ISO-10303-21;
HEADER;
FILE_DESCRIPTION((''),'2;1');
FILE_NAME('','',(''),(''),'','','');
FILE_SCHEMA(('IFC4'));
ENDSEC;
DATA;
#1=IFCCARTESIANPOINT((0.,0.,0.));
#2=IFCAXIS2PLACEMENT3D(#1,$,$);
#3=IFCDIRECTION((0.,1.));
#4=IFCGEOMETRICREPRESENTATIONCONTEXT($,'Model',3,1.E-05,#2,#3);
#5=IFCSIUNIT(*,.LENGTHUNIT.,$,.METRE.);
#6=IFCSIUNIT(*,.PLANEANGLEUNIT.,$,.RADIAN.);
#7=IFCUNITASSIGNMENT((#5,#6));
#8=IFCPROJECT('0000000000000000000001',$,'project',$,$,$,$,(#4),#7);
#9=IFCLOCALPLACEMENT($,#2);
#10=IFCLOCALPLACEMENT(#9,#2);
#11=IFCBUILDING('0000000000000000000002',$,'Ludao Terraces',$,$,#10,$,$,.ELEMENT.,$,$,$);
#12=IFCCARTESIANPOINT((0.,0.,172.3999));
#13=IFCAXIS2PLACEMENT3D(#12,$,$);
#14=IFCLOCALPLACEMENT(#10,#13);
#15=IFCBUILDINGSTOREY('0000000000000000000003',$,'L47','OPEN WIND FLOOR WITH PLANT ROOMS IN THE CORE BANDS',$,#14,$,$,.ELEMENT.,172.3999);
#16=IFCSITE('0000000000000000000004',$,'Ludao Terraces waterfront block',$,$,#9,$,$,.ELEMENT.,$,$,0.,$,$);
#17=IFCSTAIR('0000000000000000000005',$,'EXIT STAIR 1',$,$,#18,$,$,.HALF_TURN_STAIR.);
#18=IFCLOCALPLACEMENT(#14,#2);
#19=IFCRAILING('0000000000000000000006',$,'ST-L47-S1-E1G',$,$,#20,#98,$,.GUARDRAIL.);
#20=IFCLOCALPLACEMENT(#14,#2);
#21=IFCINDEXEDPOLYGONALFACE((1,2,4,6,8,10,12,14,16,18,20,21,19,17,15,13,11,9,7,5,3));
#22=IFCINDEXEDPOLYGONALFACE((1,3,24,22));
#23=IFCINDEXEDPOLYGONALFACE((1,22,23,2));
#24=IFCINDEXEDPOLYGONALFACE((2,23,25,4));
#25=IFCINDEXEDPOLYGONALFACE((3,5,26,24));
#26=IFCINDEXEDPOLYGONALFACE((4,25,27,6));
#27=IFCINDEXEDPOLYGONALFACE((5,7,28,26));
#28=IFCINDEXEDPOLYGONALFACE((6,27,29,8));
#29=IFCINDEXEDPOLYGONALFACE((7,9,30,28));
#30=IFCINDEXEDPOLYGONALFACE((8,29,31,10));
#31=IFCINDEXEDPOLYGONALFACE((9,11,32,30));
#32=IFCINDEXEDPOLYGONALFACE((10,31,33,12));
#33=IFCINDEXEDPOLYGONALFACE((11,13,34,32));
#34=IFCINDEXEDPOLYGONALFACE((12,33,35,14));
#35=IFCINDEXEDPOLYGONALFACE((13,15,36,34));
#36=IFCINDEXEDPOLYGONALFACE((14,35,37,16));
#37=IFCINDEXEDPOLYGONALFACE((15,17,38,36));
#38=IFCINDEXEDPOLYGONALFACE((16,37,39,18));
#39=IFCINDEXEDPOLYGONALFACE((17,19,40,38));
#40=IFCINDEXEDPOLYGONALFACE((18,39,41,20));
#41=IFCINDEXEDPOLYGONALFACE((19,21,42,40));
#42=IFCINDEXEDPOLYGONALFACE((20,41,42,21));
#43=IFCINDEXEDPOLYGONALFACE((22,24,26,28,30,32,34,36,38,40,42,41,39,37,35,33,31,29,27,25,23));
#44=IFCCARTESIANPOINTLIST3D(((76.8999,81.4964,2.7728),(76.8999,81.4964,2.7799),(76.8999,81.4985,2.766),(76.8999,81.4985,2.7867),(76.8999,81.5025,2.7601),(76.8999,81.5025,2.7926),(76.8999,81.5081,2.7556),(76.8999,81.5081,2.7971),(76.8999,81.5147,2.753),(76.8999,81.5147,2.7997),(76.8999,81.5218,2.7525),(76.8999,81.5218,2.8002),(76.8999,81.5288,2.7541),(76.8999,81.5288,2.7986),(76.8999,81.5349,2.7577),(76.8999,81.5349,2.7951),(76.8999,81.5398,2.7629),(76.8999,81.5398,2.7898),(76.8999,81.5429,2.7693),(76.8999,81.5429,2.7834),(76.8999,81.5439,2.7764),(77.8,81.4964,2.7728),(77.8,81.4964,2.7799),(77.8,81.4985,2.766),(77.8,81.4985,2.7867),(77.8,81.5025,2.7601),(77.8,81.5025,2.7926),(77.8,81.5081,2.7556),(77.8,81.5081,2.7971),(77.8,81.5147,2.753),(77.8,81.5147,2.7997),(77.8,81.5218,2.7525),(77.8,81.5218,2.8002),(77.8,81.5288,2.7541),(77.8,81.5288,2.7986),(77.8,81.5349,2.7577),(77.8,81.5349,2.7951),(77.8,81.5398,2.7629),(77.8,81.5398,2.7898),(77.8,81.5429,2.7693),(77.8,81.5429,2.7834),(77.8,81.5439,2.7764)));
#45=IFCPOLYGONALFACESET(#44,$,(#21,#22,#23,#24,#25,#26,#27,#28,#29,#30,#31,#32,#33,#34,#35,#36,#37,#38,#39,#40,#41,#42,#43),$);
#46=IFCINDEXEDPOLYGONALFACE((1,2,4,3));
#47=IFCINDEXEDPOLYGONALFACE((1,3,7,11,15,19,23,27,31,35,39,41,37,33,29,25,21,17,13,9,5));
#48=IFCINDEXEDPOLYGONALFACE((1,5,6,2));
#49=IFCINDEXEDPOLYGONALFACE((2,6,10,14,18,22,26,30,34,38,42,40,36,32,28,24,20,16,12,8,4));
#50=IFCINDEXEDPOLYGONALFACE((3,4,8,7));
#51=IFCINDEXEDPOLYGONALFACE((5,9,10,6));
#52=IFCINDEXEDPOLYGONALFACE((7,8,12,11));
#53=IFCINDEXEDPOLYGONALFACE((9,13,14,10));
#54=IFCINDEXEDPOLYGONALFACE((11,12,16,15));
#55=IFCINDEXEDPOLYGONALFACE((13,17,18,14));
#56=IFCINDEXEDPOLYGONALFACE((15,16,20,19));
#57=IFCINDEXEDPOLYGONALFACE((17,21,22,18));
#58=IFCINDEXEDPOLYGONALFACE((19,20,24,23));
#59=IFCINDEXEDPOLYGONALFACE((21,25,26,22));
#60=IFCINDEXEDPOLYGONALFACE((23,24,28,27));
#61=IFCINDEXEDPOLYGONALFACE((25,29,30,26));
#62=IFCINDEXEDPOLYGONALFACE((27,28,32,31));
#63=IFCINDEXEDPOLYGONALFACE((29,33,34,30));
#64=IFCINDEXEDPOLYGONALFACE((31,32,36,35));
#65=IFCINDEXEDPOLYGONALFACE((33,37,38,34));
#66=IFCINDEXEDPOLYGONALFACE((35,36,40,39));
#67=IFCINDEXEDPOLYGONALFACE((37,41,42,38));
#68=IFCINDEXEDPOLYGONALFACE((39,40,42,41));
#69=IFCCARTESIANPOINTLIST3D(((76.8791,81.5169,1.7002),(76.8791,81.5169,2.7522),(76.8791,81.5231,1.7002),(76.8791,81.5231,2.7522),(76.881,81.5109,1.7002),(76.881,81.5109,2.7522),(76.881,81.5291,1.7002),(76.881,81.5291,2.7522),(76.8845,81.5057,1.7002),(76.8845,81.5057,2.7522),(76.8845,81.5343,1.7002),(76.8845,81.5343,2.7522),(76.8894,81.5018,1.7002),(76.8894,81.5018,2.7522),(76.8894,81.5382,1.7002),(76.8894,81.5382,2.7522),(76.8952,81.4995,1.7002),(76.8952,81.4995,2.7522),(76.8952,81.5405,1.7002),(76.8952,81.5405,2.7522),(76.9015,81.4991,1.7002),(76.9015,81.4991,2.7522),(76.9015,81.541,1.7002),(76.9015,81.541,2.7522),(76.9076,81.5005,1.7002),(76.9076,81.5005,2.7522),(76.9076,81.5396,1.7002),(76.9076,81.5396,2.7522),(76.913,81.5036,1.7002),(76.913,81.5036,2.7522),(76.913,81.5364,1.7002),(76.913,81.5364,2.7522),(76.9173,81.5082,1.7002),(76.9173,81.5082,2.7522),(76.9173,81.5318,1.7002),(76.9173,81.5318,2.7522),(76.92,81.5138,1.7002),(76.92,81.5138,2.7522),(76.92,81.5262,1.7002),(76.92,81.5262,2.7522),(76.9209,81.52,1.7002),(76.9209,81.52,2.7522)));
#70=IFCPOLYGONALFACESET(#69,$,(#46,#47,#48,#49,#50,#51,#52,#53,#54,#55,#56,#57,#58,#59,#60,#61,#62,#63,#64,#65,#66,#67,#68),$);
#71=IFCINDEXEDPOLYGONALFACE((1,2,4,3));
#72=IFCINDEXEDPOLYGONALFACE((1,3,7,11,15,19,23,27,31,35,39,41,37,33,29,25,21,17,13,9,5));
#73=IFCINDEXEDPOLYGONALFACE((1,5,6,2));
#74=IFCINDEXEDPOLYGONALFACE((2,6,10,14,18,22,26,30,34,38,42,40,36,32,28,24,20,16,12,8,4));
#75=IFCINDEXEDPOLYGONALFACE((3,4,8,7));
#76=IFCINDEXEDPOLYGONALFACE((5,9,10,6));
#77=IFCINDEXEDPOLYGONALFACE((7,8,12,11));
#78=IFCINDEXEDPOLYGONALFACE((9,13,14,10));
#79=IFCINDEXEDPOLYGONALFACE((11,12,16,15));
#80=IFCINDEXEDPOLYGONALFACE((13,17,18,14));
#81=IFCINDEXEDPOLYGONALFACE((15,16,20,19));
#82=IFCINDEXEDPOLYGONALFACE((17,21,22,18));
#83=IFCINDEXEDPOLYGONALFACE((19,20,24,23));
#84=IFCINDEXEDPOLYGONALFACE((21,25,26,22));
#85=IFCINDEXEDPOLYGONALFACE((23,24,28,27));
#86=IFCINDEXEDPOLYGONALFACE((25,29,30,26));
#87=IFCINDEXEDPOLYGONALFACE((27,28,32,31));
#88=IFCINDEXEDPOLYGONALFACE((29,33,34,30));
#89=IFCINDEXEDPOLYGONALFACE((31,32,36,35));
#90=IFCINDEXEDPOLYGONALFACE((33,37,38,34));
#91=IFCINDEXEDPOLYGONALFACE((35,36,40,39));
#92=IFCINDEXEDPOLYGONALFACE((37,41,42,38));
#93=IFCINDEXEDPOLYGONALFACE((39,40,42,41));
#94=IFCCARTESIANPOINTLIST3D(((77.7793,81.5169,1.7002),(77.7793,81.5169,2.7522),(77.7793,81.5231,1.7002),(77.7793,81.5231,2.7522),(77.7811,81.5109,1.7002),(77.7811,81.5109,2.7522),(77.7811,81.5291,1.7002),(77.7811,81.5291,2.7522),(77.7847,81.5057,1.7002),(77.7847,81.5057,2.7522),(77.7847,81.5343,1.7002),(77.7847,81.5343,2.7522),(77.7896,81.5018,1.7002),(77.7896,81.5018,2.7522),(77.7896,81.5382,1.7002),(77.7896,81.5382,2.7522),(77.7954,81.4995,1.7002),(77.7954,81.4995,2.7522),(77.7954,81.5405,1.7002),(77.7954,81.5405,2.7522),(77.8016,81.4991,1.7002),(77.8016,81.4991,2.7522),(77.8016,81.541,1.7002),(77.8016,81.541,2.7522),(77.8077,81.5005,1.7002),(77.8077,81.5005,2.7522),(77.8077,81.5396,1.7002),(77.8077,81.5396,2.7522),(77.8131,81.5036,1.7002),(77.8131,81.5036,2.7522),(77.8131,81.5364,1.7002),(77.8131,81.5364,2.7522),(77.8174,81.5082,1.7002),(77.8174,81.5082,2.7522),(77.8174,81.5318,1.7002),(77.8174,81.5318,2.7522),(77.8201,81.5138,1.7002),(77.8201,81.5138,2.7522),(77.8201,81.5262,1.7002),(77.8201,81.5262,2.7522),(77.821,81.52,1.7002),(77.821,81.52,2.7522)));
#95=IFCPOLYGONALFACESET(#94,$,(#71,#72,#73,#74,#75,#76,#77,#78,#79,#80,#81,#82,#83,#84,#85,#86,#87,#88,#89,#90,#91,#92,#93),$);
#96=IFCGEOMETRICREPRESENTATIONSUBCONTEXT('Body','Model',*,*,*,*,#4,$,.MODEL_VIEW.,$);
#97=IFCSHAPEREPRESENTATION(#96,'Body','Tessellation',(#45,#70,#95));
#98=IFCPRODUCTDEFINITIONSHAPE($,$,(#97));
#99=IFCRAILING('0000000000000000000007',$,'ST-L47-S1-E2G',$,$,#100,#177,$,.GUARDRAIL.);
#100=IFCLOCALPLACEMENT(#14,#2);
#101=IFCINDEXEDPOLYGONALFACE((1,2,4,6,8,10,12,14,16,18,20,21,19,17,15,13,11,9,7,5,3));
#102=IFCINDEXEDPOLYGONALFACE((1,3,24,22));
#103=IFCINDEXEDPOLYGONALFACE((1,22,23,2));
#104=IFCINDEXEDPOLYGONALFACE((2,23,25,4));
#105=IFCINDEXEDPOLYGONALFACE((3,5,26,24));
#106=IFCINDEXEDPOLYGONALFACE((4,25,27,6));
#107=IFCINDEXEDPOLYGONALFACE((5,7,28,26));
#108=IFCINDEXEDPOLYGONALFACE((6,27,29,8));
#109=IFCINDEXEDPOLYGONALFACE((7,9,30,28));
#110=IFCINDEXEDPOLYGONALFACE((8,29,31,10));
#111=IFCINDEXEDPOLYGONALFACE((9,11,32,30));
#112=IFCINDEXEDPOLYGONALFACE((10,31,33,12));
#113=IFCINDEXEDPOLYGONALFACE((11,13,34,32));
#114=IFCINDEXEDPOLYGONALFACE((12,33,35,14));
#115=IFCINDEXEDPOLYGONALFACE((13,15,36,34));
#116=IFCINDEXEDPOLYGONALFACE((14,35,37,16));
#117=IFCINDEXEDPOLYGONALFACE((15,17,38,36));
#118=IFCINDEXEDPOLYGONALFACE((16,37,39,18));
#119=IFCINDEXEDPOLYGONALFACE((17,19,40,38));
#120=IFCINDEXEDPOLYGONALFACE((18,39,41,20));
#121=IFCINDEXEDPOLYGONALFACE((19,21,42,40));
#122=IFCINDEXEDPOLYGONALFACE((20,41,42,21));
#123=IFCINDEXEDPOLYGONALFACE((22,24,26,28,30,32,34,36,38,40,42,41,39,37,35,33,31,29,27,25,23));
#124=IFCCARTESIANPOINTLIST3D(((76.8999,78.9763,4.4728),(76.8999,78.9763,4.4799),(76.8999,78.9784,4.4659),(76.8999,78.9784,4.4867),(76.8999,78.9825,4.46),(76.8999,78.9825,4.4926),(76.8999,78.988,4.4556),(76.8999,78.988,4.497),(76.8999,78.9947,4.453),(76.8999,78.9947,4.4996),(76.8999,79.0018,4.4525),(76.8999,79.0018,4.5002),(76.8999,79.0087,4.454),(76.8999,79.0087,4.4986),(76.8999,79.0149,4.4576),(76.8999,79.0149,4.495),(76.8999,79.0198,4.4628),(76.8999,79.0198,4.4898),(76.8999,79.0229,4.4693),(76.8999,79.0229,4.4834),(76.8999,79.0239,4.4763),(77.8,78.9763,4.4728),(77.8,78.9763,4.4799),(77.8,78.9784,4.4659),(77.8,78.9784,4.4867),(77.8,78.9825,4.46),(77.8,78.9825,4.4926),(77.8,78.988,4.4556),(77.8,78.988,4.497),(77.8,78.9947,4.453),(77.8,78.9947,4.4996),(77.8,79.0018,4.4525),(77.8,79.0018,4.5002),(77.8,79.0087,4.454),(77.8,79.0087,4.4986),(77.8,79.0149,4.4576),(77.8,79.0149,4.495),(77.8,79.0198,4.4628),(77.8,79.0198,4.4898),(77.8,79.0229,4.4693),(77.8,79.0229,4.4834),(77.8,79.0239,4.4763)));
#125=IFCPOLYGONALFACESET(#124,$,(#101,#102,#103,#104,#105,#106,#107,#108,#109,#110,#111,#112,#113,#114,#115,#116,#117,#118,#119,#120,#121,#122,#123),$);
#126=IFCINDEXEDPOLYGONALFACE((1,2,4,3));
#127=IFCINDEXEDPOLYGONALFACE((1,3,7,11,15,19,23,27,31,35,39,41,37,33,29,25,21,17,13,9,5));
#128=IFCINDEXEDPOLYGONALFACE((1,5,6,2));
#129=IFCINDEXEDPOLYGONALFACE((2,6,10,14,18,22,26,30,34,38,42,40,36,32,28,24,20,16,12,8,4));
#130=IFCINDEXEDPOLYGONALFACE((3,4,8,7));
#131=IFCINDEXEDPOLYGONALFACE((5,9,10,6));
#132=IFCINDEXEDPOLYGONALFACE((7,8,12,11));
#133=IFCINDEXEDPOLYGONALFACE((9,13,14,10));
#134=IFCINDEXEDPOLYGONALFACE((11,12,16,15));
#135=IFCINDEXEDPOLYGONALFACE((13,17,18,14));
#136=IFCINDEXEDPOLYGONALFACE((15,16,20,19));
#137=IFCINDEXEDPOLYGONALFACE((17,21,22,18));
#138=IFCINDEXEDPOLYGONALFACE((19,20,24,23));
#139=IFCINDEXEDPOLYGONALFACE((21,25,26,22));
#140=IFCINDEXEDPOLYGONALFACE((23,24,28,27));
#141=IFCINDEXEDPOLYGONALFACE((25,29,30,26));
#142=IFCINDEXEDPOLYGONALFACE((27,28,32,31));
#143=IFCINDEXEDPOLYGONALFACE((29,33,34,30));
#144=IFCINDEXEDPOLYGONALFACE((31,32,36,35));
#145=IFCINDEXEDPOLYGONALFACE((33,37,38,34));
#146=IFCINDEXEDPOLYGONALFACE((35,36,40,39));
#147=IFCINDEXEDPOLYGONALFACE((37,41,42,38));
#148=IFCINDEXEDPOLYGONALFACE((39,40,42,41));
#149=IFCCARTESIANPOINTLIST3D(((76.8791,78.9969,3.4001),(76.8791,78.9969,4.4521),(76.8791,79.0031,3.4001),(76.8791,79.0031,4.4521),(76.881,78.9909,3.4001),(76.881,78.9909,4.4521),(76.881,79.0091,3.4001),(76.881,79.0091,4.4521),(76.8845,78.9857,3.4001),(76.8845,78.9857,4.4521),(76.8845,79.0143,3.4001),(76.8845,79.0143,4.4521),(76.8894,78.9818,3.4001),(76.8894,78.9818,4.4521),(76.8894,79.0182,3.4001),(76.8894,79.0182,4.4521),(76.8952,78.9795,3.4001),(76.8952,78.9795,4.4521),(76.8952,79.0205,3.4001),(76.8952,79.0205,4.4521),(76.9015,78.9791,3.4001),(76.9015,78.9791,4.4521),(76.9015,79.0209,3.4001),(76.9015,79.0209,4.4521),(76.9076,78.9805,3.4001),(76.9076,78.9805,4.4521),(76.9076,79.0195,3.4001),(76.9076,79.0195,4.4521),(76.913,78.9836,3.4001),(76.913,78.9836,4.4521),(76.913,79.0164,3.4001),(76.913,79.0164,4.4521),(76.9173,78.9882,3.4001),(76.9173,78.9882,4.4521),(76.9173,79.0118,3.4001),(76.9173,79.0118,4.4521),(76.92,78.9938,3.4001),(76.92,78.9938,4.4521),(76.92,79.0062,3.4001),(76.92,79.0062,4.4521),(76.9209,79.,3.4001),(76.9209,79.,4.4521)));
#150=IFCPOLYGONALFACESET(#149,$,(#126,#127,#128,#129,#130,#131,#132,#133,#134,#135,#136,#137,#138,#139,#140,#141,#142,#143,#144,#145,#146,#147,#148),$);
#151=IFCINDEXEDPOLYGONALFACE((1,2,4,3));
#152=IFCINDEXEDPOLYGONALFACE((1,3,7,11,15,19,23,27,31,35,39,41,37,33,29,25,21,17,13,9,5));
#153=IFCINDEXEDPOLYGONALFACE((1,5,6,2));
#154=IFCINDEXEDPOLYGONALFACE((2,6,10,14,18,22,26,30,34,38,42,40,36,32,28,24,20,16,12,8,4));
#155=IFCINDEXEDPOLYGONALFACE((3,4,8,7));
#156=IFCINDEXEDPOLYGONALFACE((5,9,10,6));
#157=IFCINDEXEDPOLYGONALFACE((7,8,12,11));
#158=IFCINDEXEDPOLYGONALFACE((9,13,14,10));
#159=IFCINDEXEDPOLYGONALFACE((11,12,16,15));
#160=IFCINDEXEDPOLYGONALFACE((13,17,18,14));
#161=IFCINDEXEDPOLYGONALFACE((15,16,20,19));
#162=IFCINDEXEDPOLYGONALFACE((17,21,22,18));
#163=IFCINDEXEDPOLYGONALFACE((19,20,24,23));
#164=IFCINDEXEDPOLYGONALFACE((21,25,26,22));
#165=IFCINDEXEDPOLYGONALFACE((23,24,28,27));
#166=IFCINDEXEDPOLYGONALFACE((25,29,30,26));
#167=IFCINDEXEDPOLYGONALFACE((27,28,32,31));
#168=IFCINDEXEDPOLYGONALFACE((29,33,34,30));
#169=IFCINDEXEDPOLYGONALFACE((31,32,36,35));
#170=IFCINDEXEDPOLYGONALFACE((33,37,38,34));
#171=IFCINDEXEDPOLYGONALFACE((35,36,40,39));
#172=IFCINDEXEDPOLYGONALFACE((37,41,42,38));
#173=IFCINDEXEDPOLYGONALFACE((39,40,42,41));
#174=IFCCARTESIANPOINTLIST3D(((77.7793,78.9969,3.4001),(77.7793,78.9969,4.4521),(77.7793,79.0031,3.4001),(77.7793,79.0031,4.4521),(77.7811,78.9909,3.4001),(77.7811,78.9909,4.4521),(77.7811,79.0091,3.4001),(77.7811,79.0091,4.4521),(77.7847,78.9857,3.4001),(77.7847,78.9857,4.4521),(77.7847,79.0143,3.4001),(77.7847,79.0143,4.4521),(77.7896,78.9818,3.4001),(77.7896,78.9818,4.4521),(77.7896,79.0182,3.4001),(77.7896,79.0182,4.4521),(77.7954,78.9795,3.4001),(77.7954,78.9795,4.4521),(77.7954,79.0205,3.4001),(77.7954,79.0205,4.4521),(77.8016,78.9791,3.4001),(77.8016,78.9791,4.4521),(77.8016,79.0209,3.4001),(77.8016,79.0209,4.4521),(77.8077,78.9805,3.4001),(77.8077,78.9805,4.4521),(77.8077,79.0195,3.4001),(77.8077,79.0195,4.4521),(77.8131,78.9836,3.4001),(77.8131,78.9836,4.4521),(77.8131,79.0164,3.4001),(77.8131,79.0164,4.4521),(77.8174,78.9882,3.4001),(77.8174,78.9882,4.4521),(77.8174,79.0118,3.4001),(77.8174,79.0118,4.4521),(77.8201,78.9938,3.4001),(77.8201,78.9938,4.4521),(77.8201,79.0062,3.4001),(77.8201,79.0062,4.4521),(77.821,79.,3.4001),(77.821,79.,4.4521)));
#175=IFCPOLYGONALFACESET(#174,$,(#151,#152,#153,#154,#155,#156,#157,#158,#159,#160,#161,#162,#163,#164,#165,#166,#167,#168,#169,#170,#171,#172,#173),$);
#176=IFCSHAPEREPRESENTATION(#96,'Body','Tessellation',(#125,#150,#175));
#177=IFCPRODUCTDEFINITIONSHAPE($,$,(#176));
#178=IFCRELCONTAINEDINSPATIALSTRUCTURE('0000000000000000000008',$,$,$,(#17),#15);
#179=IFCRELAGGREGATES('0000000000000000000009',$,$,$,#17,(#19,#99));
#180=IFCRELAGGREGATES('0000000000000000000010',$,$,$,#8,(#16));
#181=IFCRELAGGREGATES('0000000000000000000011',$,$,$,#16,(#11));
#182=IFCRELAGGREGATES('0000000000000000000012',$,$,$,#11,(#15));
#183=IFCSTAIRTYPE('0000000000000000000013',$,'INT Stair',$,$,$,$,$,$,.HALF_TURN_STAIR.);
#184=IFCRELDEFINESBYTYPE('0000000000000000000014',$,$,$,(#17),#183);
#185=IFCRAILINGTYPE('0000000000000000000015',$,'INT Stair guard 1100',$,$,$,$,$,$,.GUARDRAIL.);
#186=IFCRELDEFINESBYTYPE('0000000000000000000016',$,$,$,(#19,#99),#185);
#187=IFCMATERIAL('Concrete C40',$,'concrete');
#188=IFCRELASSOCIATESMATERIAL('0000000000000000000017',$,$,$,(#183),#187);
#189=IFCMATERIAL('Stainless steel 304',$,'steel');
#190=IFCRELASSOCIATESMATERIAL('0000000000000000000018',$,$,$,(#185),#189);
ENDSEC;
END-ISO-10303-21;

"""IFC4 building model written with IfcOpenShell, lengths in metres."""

from ifc_helpers import new_model, si_unit, direction, frame, origin, origin_2d, place, context, subcontext, project, spatial, circle, extrude, material, type_object, element, aggregate, save


model = new_model("IFC4")

# Units and contexts
model_context = context("Model", 3, precision=1e-05, world=origin(), true_north=direction((0.0, 1.0)))
body_context = subcontext(model_context, "Body", "Model", "MODEL_VIEW")
ifc_project = project(units=[si_unit("LENGTHUNIT", "METRE"), si_unit("PLANEANGLEUNIT", "RADIAN")], contexts=[model_context])

# Site, building, storey
site_placement = place(None, origin())
site = spatial("IfcSite", under=ifc_project, at=site_placement, Name="Ludao Terraces waterfront block", CompositionType="ELEMENT", RefElevation=0.0)
building_placement = place(site_placement, origin())
building = spatial("IfcBuilding", under=site, at=building_placement, Name="Ludao Terraces", CompositionType="ELEMENT")
storey_placement = place(building_placement, frame((0.0, 0.0, 172.3999)))
storey = spatial("IfcBuildingStorey", under=building, at=storey_placement, Name="L47", Description="OPEN WIND FLOOR WITH PLANT ROOMS IN THE CORE BANDS", CompositionType="ELEMENT", Elevation=172.3999)

# Stair, railings
ifc_material_1 = material(Name="Concrete C40", Category="concrete")
stair_type = type_object("IfcStairType", Name="INT Stair", PredefinedType="HALF_TURN_STAIR", material=ifc_material_1)
stair_placement = place(storey_placement, origin())
stair = element("IfcStair", 1, at=stair_placement, inside=storey, type_object=stair_type, Name="EXIT STAIR 1", PredefinedType="HALF_TURN_STAIR")
ifc_material_2 = material(Name="Stainless steel 304", Category="steel")
railing_type_1 = type_object("IfcRailingType", Name="INT Stair guard 1100", PredefinedType="GUARDRAIL", material=ifc_material_2)
railing_1_placement = place(storey_placement, frame((76.8999, 81.52, 1.7002)))
railing_1 = element("IfcRailing", 2, at=railing_1_placement, type_object=railing_type_1, Name="ST-L47-S1-E1G", PredefinedType="GUARDRAIL", context=body_context, shape_type="SweptSolid", body=[
    extrude(circle(Radius=0.0239, at=origin_2d()), frame((0.0, 0.0, 1.0762), z_axis=(1.0, 0.0, 0.0), x_axis=(0.0, 1.0, 0.0)), (0.0, 0.0, 1.0), 0.9001),
    extrude(circle(Radius=0.021, at=origin_2d()), origin(), (0.0, 0.0, 1.0), 1.052),
    extrude(circle(Radius=0.021, at=origin_2d()), frame((0.9001, 0.0, 0.0)), (0.0, 0.0, 1.0), 1.052),
])
railing_2_placement = place(storey_placement, frame((76.8999, 79.0, 3.4001)))
railing_2 = element("IfcRailing", 3, at=railing_2_placement, type_object=railing_type_1, Name="ST-L47-S1-E2G", PredefinedType="GUARDRAIL", context=body_context, shape_type="SweptSolid", body=[
    extrude(circle(Radius=0.0239, at=origin_2d()), frame((0.0, 0.0, 1.0762), z_axis=(1.0, 0.0, 0.0), x_axis=(0.0, 1.0, 0.0)), (0.0, 0.0, 1.0), 0.9001),
    extrude(circle(Radius=0.021, at=origin_2d()), origin(), (0.0, 0.0, 1.0), 1.052),
    extrude(circle(Radius=0.021, at=origin_2d()), frame((0.9001, 0.0, 0.0)), (0.0, 0.0, 1.0), 1.052),
])
aggregate(stair, [railing_1, railing_2])

save(model, "model.ifc")
